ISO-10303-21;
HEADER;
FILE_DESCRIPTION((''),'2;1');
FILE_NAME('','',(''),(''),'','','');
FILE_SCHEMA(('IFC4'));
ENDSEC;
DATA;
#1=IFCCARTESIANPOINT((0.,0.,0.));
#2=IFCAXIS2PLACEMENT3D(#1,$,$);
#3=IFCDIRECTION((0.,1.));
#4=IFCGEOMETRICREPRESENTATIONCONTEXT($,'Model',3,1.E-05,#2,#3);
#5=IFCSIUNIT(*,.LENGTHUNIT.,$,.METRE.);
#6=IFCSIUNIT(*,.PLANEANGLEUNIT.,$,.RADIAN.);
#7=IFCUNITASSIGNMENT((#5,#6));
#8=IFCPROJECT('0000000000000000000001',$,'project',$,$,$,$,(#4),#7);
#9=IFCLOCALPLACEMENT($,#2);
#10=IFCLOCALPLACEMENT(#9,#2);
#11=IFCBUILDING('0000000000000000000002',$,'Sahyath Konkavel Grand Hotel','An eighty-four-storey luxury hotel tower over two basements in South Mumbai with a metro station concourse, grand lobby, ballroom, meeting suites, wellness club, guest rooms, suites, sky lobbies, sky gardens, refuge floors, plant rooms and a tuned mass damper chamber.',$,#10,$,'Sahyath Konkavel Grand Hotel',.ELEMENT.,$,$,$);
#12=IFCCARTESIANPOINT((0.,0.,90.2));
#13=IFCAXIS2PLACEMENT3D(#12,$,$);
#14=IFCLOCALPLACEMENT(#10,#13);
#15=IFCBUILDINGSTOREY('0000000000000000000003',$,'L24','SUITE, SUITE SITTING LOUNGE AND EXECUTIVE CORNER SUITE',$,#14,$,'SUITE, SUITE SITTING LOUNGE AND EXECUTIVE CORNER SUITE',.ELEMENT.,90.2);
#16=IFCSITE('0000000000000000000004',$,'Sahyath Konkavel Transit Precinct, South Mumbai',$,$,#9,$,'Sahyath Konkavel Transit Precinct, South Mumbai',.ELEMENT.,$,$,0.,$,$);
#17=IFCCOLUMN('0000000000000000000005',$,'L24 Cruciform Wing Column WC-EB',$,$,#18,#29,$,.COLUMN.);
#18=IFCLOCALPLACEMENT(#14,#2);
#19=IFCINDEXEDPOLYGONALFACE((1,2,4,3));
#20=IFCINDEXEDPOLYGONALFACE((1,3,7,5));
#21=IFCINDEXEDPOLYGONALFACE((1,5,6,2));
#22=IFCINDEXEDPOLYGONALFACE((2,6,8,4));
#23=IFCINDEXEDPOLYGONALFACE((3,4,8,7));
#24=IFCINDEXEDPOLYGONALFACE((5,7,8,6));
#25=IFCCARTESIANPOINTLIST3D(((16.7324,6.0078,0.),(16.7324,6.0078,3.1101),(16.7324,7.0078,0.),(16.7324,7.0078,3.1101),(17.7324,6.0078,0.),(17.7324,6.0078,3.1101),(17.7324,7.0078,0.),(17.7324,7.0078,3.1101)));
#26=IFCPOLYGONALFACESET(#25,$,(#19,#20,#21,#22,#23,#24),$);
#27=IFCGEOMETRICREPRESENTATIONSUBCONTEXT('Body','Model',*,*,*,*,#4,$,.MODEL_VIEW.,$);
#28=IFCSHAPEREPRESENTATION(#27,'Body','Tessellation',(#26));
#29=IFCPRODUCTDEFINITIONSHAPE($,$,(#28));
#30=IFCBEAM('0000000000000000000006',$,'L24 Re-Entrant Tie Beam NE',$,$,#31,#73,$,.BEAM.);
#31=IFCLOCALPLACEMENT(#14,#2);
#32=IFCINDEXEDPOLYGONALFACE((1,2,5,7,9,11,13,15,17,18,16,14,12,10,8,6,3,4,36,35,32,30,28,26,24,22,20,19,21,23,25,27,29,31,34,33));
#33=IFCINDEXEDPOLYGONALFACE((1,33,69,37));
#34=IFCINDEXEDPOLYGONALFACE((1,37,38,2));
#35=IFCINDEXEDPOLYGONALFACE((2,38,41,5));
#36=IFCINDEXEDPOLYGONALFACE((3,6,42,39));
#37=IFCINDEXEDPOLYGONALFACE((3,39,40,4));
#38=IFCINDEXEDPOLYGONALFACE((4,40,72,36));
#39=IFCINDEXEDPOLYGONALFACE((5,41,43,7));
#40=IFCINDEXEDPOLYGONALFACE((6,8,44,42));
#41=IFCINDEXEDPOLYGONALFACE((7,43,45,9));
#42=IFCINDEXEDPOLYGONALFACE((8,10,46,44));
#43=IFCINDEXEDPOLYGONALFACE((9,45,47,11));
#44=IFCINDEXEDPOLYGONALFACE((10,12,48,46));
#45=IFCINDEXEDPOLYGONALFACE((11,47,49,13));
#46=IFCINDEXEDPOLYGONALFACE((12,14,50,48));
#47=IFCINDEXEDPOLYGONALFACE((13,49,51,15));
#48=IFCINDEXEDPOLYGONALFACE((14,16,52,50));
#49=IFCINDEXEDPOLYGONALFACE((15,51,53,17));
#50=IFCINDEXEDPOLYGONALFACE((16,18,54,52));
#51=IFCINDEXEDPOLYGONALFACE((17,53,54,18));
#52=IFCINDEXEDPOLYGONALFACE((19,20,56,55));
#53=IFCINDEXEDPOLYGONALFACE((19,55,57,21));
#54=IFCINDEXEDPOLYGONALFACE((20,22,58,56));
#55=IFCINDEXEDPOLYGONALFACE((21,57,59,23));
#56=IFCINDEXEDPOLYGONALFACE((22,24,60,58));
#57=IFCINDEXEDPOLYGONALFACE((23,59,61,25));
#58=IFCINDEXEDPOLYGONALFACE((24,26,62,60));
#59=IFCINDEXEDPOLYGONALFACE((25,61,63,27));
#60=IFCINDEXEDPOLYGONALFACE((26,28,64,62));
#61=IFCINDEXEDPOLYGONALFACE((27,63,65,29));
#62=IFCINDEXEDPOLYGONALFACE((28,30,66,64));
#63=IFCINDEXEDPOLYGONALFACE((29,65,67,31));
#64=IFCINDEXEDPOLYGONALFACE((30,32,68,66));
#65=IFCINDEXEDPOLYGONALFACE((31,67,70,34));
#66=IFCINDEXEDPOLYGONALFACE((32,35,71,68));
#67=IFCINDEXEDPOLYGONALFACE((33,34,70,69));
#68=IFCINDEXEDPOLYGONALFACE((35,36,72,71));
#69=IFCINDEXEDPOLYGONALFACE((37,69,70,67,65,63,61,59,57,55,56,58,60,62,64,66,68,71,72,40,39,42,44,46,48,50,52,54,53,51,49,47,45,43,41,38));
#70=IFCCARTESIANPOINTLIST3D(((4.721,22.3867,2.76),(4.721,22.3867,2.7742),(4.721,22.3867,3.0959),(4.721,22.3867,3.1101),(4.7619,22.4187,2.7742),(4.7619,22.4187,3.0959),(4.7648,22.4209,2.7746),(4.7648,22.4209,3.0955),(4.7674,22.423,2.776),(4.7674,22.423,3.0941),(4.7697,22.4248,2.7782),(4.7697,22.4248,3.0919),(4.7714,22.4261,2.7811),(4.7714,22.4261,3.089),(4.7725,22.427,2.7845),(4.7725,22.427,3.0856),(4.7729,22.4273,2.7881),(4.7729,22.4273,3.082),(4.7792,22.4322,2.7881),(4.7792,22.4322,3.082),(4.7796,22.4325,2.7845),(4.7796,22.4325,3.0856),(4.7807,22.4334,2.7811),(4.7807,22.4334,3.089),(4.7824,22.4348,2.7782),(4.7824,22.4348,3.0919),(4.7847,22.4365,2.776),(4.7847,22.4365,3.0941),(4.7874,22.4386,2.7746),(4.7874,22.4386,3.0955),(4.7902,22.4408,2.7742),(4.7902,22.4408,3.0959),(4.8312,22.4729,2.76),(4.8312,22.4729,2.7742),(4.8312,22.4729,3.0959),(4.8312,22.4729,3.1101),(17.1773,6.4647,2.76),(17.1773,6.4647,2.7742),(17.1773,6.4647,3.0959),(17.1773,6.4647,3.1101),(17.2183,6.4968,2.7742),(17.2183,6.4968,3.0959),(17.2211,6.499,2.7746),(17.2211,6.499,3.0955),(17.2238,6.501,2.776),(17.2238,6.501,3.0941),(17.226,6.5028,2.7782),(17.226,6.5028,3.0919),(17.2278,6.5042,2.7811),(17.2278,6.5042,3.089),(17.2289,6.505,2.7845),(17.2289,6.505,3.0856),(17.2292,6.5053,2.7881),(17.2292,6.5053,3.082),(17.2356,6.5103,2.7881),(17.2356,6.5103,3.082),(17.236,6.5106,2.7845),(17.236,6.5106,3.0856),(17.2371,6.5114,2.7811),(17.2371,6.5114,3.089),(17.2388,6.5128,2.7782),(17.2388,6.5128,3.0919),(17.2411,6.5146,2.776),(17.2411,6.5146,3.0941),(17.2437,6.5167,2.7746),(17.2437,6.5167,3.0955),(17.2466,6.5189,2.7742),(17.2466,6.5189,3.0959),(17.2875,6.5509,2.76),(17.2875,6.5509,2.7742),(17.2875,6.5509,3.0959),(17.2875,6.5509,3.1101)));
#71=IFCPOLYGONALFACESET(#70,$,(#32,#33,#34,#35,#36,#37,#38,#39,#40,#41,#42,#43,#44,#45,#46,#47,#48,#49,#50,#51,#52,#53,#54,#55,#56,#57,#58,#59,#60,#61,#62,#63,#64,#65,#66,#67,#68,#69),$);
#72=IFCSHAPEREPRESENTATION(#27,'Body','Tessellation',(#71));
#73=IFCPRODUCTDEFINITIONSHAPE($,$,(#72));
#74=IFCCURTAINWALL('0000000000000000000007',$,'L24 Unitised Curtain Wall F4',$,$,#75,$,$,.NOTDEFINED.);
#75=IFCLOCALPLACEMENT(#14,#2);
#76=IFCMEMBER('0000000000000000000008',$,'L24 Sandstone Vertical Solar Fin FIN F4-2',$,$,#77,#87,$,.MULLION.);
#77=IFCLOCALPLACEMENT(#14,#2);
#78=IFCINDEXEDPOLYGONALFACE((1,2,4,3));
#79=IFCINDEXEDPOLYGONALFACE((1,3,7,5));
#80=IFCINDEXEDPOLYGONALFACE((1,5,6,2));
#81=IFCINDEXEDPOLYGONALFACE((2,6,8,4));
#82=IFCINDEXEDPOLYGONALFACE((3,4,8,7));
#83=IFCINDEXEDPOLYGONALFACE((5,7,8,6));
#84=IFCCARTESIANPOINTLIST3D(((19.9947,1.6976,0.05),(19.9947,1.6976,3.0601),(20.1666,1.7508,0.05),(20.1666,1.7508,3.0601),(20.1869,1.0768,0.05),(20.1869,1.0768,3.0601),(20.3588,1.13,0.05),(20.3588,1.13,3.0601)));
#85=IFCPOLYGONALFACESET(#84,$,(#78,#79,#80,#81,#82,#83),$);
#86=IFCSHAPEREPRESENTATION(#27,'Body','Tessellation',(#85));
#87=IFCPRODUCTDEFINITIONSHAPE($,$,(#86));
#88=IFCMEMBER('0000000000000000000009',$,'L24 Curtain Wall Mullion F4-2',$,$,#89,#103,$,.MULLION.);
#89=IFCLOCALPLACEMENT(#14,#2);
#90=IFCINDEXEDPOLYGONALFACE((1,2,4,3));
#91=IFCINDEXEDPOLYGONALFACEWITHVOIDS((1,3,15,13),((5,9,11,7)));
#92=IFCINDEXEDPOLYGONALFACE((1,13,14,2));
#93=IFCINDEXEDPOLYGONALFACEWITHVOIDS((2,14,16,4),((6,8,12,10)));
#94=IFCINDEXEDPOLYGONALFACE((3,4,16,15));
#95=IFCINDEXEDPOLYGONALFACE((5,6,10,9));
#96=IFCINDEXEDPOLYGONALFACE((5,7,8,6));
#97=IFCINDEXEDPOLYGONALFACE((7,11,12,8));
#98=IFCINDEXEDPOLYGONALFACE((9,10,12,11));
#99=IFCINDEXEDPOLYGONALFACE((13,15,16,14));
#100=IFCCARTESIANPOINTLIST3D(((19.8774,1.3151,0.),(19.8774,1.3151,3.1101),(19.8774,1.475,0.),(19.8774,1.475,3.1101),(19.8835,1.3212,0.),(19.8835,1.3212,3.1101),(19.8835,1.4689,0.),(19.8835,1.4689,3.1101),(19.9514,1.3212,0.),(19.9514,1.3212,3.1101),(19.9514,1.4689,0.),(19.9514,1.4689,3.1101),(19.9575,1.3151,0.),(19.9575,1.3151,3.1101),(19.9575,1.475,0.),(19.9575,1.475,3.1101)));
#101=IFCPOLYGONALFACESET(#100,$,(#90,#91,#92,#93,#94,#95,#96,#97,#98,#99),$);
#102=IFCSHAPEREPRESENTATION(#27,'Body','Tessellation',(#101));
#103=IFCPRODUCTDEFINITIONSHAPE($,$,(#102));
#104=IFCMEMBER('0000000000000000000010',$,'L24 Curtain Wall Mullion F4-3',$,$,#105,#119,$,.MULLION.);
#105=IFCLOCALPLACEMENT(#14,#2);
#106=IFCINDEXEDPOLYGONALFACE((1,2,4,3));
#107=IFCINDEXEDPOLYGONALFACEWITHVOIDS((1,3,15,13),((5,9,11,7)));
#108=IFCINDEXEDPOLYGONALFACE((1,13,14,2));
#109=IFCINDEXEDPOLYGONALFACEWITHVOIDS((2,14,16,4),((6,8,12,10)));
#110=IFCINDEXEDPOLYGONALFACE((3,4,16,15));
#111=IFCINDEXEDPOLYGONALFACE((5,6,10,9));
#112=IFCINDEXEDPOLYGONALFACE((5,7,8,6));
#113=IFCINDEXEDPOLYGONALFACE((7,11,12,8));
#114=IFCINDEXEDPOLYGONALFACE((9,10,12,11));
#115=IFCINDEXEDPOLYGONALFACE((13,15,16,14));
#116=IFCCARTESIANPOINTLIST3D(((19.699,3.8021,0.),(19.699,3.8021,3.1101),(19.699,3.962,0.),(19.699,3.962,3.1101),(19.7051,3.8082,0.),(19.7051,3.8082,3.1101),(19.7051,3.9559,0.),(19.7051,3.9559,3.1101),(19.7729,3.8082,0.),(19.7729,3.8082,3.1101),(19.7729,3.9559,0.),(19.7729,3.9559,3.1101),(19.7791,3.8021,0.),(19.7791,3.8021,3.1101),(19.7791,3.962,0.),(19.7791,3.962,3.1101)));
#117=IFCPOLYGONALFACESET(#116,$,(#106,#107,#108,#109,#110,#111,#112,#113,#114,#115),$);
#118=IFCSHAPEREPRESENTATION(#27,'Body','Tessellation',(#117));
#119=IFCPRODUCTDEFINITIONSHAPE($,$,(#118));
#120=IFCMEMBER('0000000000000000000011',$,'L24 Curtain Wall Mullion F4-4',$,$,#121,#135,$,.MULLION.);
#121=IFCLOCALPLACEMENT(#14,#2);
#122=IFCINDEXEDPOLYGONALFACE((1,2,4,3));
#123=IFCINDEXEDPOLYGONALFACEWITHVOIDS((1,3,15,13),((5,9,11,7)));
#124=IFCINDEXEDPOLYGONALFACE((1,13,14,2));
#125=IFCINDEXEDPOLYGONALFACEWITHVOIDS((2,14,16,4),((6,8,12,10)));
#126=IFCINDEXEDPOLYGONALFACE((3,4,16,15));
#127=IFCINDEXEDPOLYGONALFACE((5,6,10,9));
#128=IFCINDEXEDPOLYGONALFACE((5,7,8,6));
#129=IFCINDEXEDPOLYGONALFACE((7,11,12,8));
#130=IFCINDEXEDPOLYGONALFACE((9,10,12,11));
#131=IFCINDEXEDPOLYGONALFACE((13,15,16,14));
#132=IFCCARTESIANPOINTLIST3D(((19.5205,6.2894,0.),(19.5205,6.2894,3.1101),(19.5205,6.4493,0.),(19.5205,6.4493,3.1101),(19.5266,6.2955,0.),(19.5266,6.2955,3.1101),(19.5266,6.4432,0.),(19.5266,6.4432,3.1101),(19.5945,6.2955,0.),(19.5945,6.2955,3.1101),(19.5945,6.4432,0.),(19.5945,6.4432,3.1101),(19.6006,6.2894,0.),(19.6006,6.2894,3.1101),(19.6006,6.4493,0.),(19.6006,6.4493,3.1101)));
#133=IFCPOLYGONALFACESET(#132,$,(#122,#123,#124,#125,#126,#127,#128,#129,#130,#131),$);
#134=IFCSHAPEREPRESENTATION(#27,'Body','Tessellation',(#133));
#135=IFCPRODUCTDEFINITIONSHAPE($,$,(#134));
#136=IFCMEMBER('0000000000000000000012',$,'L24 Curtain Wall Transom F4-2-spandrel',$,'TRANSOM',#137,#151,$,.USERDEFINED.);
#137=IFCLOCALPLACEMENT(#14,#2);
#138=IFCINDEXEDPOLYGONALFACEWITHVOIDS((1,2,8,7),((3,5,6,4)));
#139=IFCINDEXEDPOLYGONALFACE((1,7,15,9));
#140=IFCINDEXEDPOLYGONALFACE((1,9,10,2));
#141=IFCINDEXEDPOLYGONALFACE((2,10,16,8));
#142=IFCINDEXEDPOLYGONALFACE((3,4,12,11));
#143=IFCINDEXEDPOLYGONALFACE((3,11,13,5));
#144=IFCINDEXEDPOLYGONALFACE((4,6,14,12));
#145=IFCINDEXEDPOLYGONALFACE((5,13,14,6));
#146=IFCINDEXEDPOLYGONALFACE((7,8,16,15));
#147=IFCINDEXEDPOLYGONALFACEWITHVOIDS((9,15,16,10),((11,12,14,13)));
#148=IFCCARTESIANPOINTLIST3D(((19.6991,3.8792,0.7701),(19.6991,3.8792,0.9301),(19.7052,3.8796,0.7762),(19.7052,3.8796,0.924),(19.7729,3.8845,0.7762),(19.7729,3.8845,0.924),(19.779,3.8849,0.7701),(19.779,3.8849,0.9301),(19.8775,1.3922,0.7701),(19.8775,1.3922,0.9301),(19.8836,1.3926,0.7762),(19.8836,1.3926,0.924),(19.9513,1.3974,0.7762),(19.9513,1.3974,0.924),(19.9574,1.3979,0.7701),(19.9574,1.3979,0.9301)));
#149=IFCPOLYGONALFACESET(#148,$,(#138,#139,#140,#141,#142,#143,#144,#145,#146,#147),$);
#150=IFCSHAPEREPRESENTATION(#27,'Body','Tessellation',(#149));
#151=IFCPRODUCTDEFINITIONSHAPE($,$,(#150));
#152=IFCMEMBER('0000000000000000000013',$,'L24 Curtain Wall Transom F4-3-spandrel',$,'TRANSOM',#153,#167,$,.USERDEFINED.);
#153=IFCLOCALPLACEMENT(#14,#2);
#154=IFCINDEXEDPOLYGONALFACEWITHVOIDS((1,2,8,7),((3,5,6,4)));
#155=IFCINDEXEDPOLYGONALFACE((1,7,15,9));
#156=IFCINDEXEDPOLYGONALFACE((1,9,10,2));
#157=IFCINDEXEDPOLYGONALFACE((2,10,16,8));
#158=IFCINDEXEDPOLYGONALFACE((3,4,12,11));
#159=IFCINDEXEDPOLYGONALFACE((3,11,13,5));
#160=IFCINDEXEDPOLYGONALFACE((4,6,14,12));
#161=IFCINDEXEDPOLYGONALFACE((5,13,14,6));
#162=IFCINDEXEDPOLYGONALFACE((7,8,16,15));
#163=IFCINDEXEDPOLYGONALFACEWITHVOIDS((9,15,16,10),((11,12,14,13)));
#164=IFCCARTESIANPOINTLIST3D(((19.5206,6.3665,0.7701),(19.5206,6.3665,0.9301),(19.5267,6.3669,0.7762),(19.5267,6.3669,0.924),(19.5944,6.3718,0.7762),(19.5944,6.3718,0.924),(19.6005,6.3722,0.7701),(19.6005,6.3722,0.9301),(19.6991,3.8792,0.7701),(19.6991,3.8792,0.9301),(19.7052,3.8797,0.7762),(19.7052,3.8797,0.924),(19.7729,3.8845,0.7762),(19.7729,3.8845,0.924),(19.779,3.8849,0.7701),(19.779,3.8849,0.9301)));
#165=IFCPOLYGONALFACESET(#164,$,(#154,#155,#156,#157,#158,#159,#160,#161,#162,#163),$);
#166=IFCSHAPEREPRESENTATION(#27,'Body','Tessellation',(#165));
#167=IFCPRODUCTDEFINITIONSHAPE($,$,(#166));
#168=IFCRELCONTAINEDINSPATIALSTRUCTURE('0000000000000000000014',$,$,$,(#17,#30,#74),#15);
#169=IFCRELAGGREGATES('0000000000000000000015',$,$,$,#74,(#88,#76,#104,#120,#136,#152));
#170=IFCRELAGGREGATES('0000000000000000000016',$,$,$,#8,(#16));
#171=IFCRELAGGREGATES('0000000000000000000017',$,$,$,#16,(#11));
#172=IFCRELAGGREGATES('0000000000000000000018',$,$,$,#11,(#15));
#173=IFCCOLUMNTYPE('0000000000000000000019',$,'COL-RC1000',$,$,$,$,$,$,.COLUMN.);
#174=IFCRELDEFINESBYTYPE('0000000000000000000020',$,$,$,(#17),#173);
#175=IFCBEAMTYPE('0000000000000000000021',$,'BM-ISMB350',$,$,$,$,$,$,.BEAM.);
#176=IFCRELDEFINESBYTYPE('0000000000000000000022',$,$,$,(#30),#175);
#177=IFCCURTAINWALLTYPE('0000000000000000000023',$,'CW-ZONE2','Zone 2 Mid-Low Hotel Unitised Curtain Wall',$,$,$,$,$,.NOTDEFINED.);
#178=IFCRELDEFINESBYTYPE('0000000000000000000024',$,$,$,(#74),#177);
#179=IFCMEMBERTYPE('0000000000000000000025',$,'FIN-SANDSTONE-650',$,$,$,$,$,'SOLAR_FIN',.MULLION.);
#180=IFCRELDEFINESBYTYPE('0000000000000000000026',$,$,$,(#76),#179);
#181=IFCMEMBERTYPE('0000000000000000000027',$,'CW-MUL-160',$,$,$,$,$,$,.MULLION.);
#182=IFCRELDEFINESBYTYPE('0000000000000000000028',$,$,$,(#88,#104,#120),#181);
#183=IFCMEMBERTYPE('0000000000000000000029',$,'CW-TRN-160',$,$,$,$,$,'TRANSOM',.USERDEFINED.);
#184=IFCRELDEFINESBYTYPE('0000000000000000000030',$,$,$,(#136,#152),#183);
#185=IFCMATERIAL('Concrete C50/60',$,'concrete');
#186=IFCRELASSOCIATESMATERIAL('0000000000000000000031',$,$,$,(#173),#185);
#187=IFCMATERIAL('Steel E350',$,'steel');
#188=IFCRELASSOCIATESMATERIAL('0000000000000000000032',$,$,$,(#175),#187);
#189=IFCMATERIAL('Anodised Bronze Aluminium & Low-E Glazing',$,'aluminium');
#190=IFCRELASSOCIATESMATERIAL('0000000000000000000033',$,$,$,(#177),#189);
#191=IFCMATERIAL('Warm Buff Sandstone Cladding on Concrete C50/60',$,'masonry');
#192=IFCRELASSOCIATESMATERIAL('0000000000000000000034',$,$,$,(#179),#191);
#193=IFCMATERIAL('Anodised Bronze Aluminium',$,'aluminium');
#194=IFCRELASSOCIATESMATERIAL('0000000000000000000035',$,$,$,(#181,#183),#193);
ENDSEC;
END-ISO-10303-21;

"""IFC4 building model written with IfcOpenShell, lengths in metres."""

from ifc_helpers import new_model, si_unit, direction, frame, origin, origin_2d, place, context, subcontext, project, spatial, rectangle, hollow_rectangle, i_section, extrude, source, transform, mapped, material, material_profile, profile_set, type_object, element, aggregate, save


model = new_model("IFC4")

# Units and contexts
model_context = context("Model", 3, precision=1e-05, world=origin(), true_north=direction((0.0, 1.0)))
body_context = subcontext(model_context, "Body", "Model", "MODEL_VIEW")
ifc_project = project(units=[si_unit("LENGTHUNIT", "METRE"), si_unit("PLANEANGLEUNIT", "RADIAN")], contexts=[model_context])

# Site, building, storey
site_placement = place(None, origin())
site = spatial("IfcSite", under=ifc_project, at=site_placement, Name="Sahyath Konkavel Transit Precinct, South Mumbai", LongName="Sahyath Konkavel Transit Precinct, South Mumbai", CompositionType="ELEMENT", RefElevation=0.0)
building_placement = place(site_placement, origin())
building = spatial("IfcBuilding", under=site, at=building_placement, Name="Sahyath Konkavel Grand Hotel", Description="An eighty-four-storey luxury hotel tower over two basements in South Mumbai with a metro station concourse, grand lobby, ballroom, meeting suites, wellness club, guest rooms, suites, sky lobbies, sky gardens, refuge floors, plant rooms and a tuned mass damper chamber.", LongName="Sahyath Konkavel Grand Hotel", CompositionType="ELEMENT")
storey_placement = place(building_placement, frame((0.0, 0.0, 90.2)))
storey = spatial("IfcBuildingStorey", under=building, at=storey_placement, Name="L24", Description="SUITE, SUITE SITTING LOUNGE AND EXECUTIVE CORNER SUITE", LongName="SUITE, SUITE SITTING LOUNGE AND EXECUTIVE CORNER SUITE", CompositionType="ELEMENT", Elevation=90.2)

# Column
ifc_material_1 = material(Name="Concrete C50/60", Category="concrete")
ifc_material_profile_1 = material_profile(ifc_material_1, rectangle(XDim=1.0, YDim=1.0, at=origin_2d()), Name="RC 1000x1000")
ifc_profile_set_1 = profile_set([ifc_material_profile_1], Name="Concrete C50/60")
column_type = type_object("IfcColumnType", Name="COL-RC1000", PredefinedType="COLUMN", material=ifc_profile_set_1)
shared_shape_1 = source(origin(), body_context, "Body", "SweptSolid", [
    extrude(rectangle(XDim=1.0, YDim=1.0, at=origin_2d()), origin(), (0.0, 0.0, 1.0), 3.1101),
])
column_placement = place(storey_placement, frame((17.2324, 6.5078, 0.0), z_axis=(0.0, 0.0, 1.0), x_axis=(1.0, 0.0, 0.0)))
element("IfcColumn", 1, at=column_placement, inside=storey, type_object=column_type, Name="L24 Cruciform Wing Column WC-EB", PredefinedType="COLUMN", context=body_context, shape_type="MappedRepresentation", body=[
    mapped(shared_shape_1, transform((0.0, 0.0, 0.0), scale=1.0)),
])

# Beam
ifc_material_2 = material(Name="Steel E350", Category="steel")
ifc_material_profile_2 = material_profile(ifc_material_2, i_section(OverallWidth=0.1399, OverallDepth=0.3501, WebThickness=0.0081, FlangeThickness=0.0142, FilletRadius=0.0139, at=origin_2d()), Name="ISMB 350")
ifc_profile_set_2 = profile_set([ifc_material_profile_2], Name="Steel E350")
beam_type_1 = type_object("IfcBeamType", Name="BM-ISMB350", PredefinedType="BEAM", material=ifc_profile_set_2)
shared_shape_2 = source(origin(), body_context, "Body", "SweptSolid", [
    extrude(i_section(OverallWidth=0.1399, OverallDepth=0.3501, WebThickness=0.0081, FlangeThickness=0.0142, FilletRadius=0.0139, at=origin_2d()), origin(), (0.0, 0.0, 1.0), 20.2156),
])
beam_1_placement = place(storey_placement, frame((17.2324, 6.5078, 2.9351), z_axis=(-0.616176, 0.787608, 0.0), x_axis=(-0.787608, -0.616176, 0.0)))
element("IfcBeam", 2, at=beam_1_placement, inside=storey, type_object=beam_type_1, Name="L24 Re-Entrant Tie Beam NE", PredefinedType="BEAM", context=body_context, shape_type="MappedRepresentation", body=[
    mapped(shared_shape_2, transform((0.0, 0.0, 0.0), scale=1.0)),
])

# Curtain wall, members
ifc_material_3 = material(Name="Anodised Bronze Aluminium & Low-E Glazing", Category="aluminium")
curtain_wall_type = type_object("IfcCurtainWallType", Name="CW-ZONE2", Description="Zone 2 Mid-Low Hotel Unitised Curtain Wall", PredefinedType="NOTDEFINED", material=ifc_material_3)
curtain_wall_placement = place(storey_placement, origin())
curtain_wall = element("IfcCurtainWall", 3, at=curtain_wall_placement, inside=storey, type_object=curtain_wall_type, Name="L24 Unitised Curtain Wall F4", PredefinedType="NOTDEFINED")
ifc_material_4 = material(Name="Warm Buff Sandstone Cladding on Concrete C50/60", Category="masonry")
ifc_material_profile_3 = material_profile(ifc_material_4, rectangle(XDim=0.1799, YDim=0.6499, at=origin_2d()), Name="FIN 180x650")
ifc_profile_set_3 = profile_set([ifc_material_profile_3], Name="Warm Buff Sandstone Cladding on Concrete C50/60")
member_type_1 = type_object("IfcMemberType", Name="FIN-SANDSTONE-650", ElementType="SOLAR_FIN", PredefinedType="MULLION", material=ifc_profile_set_3)
shared_shape_3 = source(origin(), body_context, "Body", "SweptSolid", [
    extrude(rectangle(XDim=0.1799, YDim=0.6499, at=origin_2d()), origin(), (0.0, 0.0, 1.0), 3.01),
])
member_1_placement = place(storey_placement, frame((20.1768, 1.4138, 0.05), z_axis=(0.0, 0.0, 1.0), x_axis=(0.955278, 0.295708, 0.0)))
member_1 = element("IfcMember", 4, at=member_1_placement, type_object=member_type_1, Name="L24 Sandstone Vertical Solar Fin FIN F4-2", PredefinedType="MULLION", context=body_context, shape_type="MappedRepresentation", body=[
    mapped(shared_shape_3, transform((0.0, 0.0, 0.0), scale=1.0)),
])
ifc_material_5 = material(Name="Anodised Bronze Aluminium", Category="aluminium")
ifc_material_profile_4 = material_profile(ifc_material_5, hollow_rectangle(XDim=0.0801, YDim=0.1599, WallThickness=0.0061, at=origin_2d()), Name="RHS 160x80x6")
ifc_profile_set_4 = profile_set([ifc_material_profile_4], Name="Anodised Bronze Aluminium")
member_type_2 = type_object("IfcMemberType", Name="CW-MUL-160", PredefinedType="MULLION", material=ifc_profile_set_4)
shared_shape_4 = source(origin(), body_context, "Body", "SweptSolid", [
    extrude(hollow_rectangle(XDim=0.0801, YDim=0.1599, WallThickness=0.0061, at=origin_2d()), origin(), (0.0, 0.0, 1.0), 3.1101),
])
member_2_placement = place(storey_placement, frame((19.9175, 1.395, 0.0), z_axis=(0.0, 0.0, 1.0), x_axis=(1.0, 0.0, 0.0)))
member_2 = element("IfcMember", 5, at=member_2_placement, type_object=member_type_2, Name="L24 Curtain Wall Mullion F4-2", PredefinedType="MULLION", context=body_context, shape_type="MappedRepresentation", body=[
    mapped(shared_shape_4, transform((0.0, 0.0, 0.0), scale=1.0)),
])
member_3_placement = place(storey_placement, frame((19.739, 3.8821, 0.0), z_axis=(0.0, 0.0, 1.0), x_axis=(1.0, 0.0, 0.0)))
member_3 = element("IfcMember", 6, at=member_3_placement, type_object=member_type_2, Name="L24 Curtain Wall Mullion F4-3", PredefinedType="MULLION", context=body_context, shape_type="MappedRepresentation", body=[
    mapped(shared_shape_4, transform((0.0, 0.0, 0.0), scale=1.0)),
])
member_4_placement = place(storey_placement, frame((19.5605, 6.3694, 0.0), z_axis=(0.0, 0.0, 1.0), x_axis=(1.0, 0.0, 0.0)))
member_4 = element("IfcMember", 7, at=member_4_placement, type_object=member_type_2, Name="L24 Curtain Wall Mullion F4-4", PredefinedType="MULLION", context=body_context, shape_type="MappedRepresentation", body=[
    mapped(shared_shape_4, transform((0.0, 0.0, 0.0), scale=1.0)),
])
ifc_material_profile_5 = material_profile(ifc_material_5, hollow_rectangle(XDim=0.0801, YDim=0.1599, WallThickness=0.0061, at=origin_2d()), Name="RHS 160x80x6")
ifc_profile_set_5 = profile_set([ifc_material_profile_5], Name="Anodised Bronze Aluminium")
member_type_3 = type_object("IfcMemberType", Name="CW-TRN-160", ElementType="TRANSOM", PredefinedType="USERDEFINED", material=ifc_profile_set_5)
shared_shape_5 = source(origin(), body_context, "Body", "SweptSolid", [
    extrude(hollow_rectangle(XDim=0.0801, YDim=0.1599, WallThickness=0.0061, at=origin_2d()), origin(), (0.0, 0.0, 1.0), 2.4934),
])
member_5_placement = place(storey_placement, frame((19.9175, 1.395, 0.8501), z_axis=(-0.071574, 0.997435, 0.0), x_axis=(-0.997435, -0.071574, 0.0)))
member_5 = element("IfcMember", 8, at=member_5_placement, type_object=member_type_3, Name="L24 Curtain Wall Transom F4-2-spandrel", ObjectType="TRANSOM", PredefinedType="USERDEFINED", context=body_context, shape_type="MappedRepresentation", body=[
    mapped(shared_shape_5, transform((0.0, 0.0, 0.0), scale=1.0)),
])
shared_shape_6 = source(origin(), body_context, "Body", "SweptSolid", [
    extrude(hollow_rectangle(XDim=0.0801, YDim=0.1599, WallThickness=0.0061, at=origin_2d()), origin(), (0.0, 0.0, 1.0), 2.4937),
])
member_6_placement = place(storey_placement, frame((19.739, 3.8821, 0.8501), z_axis=(-0.071567, 0.997436, 0.0), x_axis=(-0.997436, -0.071567, 0.0)))
member_6 = element("IfcMember", 9, at=member_6_placement, type_object=member_type_3, Name="L24 Curtain Wall Transom F4-3-spandrel", ObjectType="TRANSOM", PredefinedType="USERDEFINED", context=body_context, shape_type="MappedRepresentation", body=[
    mapped(shared_shape_6, transform((0.0, 0.0, 0.0), scale=1.0)),
])

aggregate(curtain_wall, [member_2, member_1, member_3, member_4, member_5, member_6])

save(model, "model.ifc")
